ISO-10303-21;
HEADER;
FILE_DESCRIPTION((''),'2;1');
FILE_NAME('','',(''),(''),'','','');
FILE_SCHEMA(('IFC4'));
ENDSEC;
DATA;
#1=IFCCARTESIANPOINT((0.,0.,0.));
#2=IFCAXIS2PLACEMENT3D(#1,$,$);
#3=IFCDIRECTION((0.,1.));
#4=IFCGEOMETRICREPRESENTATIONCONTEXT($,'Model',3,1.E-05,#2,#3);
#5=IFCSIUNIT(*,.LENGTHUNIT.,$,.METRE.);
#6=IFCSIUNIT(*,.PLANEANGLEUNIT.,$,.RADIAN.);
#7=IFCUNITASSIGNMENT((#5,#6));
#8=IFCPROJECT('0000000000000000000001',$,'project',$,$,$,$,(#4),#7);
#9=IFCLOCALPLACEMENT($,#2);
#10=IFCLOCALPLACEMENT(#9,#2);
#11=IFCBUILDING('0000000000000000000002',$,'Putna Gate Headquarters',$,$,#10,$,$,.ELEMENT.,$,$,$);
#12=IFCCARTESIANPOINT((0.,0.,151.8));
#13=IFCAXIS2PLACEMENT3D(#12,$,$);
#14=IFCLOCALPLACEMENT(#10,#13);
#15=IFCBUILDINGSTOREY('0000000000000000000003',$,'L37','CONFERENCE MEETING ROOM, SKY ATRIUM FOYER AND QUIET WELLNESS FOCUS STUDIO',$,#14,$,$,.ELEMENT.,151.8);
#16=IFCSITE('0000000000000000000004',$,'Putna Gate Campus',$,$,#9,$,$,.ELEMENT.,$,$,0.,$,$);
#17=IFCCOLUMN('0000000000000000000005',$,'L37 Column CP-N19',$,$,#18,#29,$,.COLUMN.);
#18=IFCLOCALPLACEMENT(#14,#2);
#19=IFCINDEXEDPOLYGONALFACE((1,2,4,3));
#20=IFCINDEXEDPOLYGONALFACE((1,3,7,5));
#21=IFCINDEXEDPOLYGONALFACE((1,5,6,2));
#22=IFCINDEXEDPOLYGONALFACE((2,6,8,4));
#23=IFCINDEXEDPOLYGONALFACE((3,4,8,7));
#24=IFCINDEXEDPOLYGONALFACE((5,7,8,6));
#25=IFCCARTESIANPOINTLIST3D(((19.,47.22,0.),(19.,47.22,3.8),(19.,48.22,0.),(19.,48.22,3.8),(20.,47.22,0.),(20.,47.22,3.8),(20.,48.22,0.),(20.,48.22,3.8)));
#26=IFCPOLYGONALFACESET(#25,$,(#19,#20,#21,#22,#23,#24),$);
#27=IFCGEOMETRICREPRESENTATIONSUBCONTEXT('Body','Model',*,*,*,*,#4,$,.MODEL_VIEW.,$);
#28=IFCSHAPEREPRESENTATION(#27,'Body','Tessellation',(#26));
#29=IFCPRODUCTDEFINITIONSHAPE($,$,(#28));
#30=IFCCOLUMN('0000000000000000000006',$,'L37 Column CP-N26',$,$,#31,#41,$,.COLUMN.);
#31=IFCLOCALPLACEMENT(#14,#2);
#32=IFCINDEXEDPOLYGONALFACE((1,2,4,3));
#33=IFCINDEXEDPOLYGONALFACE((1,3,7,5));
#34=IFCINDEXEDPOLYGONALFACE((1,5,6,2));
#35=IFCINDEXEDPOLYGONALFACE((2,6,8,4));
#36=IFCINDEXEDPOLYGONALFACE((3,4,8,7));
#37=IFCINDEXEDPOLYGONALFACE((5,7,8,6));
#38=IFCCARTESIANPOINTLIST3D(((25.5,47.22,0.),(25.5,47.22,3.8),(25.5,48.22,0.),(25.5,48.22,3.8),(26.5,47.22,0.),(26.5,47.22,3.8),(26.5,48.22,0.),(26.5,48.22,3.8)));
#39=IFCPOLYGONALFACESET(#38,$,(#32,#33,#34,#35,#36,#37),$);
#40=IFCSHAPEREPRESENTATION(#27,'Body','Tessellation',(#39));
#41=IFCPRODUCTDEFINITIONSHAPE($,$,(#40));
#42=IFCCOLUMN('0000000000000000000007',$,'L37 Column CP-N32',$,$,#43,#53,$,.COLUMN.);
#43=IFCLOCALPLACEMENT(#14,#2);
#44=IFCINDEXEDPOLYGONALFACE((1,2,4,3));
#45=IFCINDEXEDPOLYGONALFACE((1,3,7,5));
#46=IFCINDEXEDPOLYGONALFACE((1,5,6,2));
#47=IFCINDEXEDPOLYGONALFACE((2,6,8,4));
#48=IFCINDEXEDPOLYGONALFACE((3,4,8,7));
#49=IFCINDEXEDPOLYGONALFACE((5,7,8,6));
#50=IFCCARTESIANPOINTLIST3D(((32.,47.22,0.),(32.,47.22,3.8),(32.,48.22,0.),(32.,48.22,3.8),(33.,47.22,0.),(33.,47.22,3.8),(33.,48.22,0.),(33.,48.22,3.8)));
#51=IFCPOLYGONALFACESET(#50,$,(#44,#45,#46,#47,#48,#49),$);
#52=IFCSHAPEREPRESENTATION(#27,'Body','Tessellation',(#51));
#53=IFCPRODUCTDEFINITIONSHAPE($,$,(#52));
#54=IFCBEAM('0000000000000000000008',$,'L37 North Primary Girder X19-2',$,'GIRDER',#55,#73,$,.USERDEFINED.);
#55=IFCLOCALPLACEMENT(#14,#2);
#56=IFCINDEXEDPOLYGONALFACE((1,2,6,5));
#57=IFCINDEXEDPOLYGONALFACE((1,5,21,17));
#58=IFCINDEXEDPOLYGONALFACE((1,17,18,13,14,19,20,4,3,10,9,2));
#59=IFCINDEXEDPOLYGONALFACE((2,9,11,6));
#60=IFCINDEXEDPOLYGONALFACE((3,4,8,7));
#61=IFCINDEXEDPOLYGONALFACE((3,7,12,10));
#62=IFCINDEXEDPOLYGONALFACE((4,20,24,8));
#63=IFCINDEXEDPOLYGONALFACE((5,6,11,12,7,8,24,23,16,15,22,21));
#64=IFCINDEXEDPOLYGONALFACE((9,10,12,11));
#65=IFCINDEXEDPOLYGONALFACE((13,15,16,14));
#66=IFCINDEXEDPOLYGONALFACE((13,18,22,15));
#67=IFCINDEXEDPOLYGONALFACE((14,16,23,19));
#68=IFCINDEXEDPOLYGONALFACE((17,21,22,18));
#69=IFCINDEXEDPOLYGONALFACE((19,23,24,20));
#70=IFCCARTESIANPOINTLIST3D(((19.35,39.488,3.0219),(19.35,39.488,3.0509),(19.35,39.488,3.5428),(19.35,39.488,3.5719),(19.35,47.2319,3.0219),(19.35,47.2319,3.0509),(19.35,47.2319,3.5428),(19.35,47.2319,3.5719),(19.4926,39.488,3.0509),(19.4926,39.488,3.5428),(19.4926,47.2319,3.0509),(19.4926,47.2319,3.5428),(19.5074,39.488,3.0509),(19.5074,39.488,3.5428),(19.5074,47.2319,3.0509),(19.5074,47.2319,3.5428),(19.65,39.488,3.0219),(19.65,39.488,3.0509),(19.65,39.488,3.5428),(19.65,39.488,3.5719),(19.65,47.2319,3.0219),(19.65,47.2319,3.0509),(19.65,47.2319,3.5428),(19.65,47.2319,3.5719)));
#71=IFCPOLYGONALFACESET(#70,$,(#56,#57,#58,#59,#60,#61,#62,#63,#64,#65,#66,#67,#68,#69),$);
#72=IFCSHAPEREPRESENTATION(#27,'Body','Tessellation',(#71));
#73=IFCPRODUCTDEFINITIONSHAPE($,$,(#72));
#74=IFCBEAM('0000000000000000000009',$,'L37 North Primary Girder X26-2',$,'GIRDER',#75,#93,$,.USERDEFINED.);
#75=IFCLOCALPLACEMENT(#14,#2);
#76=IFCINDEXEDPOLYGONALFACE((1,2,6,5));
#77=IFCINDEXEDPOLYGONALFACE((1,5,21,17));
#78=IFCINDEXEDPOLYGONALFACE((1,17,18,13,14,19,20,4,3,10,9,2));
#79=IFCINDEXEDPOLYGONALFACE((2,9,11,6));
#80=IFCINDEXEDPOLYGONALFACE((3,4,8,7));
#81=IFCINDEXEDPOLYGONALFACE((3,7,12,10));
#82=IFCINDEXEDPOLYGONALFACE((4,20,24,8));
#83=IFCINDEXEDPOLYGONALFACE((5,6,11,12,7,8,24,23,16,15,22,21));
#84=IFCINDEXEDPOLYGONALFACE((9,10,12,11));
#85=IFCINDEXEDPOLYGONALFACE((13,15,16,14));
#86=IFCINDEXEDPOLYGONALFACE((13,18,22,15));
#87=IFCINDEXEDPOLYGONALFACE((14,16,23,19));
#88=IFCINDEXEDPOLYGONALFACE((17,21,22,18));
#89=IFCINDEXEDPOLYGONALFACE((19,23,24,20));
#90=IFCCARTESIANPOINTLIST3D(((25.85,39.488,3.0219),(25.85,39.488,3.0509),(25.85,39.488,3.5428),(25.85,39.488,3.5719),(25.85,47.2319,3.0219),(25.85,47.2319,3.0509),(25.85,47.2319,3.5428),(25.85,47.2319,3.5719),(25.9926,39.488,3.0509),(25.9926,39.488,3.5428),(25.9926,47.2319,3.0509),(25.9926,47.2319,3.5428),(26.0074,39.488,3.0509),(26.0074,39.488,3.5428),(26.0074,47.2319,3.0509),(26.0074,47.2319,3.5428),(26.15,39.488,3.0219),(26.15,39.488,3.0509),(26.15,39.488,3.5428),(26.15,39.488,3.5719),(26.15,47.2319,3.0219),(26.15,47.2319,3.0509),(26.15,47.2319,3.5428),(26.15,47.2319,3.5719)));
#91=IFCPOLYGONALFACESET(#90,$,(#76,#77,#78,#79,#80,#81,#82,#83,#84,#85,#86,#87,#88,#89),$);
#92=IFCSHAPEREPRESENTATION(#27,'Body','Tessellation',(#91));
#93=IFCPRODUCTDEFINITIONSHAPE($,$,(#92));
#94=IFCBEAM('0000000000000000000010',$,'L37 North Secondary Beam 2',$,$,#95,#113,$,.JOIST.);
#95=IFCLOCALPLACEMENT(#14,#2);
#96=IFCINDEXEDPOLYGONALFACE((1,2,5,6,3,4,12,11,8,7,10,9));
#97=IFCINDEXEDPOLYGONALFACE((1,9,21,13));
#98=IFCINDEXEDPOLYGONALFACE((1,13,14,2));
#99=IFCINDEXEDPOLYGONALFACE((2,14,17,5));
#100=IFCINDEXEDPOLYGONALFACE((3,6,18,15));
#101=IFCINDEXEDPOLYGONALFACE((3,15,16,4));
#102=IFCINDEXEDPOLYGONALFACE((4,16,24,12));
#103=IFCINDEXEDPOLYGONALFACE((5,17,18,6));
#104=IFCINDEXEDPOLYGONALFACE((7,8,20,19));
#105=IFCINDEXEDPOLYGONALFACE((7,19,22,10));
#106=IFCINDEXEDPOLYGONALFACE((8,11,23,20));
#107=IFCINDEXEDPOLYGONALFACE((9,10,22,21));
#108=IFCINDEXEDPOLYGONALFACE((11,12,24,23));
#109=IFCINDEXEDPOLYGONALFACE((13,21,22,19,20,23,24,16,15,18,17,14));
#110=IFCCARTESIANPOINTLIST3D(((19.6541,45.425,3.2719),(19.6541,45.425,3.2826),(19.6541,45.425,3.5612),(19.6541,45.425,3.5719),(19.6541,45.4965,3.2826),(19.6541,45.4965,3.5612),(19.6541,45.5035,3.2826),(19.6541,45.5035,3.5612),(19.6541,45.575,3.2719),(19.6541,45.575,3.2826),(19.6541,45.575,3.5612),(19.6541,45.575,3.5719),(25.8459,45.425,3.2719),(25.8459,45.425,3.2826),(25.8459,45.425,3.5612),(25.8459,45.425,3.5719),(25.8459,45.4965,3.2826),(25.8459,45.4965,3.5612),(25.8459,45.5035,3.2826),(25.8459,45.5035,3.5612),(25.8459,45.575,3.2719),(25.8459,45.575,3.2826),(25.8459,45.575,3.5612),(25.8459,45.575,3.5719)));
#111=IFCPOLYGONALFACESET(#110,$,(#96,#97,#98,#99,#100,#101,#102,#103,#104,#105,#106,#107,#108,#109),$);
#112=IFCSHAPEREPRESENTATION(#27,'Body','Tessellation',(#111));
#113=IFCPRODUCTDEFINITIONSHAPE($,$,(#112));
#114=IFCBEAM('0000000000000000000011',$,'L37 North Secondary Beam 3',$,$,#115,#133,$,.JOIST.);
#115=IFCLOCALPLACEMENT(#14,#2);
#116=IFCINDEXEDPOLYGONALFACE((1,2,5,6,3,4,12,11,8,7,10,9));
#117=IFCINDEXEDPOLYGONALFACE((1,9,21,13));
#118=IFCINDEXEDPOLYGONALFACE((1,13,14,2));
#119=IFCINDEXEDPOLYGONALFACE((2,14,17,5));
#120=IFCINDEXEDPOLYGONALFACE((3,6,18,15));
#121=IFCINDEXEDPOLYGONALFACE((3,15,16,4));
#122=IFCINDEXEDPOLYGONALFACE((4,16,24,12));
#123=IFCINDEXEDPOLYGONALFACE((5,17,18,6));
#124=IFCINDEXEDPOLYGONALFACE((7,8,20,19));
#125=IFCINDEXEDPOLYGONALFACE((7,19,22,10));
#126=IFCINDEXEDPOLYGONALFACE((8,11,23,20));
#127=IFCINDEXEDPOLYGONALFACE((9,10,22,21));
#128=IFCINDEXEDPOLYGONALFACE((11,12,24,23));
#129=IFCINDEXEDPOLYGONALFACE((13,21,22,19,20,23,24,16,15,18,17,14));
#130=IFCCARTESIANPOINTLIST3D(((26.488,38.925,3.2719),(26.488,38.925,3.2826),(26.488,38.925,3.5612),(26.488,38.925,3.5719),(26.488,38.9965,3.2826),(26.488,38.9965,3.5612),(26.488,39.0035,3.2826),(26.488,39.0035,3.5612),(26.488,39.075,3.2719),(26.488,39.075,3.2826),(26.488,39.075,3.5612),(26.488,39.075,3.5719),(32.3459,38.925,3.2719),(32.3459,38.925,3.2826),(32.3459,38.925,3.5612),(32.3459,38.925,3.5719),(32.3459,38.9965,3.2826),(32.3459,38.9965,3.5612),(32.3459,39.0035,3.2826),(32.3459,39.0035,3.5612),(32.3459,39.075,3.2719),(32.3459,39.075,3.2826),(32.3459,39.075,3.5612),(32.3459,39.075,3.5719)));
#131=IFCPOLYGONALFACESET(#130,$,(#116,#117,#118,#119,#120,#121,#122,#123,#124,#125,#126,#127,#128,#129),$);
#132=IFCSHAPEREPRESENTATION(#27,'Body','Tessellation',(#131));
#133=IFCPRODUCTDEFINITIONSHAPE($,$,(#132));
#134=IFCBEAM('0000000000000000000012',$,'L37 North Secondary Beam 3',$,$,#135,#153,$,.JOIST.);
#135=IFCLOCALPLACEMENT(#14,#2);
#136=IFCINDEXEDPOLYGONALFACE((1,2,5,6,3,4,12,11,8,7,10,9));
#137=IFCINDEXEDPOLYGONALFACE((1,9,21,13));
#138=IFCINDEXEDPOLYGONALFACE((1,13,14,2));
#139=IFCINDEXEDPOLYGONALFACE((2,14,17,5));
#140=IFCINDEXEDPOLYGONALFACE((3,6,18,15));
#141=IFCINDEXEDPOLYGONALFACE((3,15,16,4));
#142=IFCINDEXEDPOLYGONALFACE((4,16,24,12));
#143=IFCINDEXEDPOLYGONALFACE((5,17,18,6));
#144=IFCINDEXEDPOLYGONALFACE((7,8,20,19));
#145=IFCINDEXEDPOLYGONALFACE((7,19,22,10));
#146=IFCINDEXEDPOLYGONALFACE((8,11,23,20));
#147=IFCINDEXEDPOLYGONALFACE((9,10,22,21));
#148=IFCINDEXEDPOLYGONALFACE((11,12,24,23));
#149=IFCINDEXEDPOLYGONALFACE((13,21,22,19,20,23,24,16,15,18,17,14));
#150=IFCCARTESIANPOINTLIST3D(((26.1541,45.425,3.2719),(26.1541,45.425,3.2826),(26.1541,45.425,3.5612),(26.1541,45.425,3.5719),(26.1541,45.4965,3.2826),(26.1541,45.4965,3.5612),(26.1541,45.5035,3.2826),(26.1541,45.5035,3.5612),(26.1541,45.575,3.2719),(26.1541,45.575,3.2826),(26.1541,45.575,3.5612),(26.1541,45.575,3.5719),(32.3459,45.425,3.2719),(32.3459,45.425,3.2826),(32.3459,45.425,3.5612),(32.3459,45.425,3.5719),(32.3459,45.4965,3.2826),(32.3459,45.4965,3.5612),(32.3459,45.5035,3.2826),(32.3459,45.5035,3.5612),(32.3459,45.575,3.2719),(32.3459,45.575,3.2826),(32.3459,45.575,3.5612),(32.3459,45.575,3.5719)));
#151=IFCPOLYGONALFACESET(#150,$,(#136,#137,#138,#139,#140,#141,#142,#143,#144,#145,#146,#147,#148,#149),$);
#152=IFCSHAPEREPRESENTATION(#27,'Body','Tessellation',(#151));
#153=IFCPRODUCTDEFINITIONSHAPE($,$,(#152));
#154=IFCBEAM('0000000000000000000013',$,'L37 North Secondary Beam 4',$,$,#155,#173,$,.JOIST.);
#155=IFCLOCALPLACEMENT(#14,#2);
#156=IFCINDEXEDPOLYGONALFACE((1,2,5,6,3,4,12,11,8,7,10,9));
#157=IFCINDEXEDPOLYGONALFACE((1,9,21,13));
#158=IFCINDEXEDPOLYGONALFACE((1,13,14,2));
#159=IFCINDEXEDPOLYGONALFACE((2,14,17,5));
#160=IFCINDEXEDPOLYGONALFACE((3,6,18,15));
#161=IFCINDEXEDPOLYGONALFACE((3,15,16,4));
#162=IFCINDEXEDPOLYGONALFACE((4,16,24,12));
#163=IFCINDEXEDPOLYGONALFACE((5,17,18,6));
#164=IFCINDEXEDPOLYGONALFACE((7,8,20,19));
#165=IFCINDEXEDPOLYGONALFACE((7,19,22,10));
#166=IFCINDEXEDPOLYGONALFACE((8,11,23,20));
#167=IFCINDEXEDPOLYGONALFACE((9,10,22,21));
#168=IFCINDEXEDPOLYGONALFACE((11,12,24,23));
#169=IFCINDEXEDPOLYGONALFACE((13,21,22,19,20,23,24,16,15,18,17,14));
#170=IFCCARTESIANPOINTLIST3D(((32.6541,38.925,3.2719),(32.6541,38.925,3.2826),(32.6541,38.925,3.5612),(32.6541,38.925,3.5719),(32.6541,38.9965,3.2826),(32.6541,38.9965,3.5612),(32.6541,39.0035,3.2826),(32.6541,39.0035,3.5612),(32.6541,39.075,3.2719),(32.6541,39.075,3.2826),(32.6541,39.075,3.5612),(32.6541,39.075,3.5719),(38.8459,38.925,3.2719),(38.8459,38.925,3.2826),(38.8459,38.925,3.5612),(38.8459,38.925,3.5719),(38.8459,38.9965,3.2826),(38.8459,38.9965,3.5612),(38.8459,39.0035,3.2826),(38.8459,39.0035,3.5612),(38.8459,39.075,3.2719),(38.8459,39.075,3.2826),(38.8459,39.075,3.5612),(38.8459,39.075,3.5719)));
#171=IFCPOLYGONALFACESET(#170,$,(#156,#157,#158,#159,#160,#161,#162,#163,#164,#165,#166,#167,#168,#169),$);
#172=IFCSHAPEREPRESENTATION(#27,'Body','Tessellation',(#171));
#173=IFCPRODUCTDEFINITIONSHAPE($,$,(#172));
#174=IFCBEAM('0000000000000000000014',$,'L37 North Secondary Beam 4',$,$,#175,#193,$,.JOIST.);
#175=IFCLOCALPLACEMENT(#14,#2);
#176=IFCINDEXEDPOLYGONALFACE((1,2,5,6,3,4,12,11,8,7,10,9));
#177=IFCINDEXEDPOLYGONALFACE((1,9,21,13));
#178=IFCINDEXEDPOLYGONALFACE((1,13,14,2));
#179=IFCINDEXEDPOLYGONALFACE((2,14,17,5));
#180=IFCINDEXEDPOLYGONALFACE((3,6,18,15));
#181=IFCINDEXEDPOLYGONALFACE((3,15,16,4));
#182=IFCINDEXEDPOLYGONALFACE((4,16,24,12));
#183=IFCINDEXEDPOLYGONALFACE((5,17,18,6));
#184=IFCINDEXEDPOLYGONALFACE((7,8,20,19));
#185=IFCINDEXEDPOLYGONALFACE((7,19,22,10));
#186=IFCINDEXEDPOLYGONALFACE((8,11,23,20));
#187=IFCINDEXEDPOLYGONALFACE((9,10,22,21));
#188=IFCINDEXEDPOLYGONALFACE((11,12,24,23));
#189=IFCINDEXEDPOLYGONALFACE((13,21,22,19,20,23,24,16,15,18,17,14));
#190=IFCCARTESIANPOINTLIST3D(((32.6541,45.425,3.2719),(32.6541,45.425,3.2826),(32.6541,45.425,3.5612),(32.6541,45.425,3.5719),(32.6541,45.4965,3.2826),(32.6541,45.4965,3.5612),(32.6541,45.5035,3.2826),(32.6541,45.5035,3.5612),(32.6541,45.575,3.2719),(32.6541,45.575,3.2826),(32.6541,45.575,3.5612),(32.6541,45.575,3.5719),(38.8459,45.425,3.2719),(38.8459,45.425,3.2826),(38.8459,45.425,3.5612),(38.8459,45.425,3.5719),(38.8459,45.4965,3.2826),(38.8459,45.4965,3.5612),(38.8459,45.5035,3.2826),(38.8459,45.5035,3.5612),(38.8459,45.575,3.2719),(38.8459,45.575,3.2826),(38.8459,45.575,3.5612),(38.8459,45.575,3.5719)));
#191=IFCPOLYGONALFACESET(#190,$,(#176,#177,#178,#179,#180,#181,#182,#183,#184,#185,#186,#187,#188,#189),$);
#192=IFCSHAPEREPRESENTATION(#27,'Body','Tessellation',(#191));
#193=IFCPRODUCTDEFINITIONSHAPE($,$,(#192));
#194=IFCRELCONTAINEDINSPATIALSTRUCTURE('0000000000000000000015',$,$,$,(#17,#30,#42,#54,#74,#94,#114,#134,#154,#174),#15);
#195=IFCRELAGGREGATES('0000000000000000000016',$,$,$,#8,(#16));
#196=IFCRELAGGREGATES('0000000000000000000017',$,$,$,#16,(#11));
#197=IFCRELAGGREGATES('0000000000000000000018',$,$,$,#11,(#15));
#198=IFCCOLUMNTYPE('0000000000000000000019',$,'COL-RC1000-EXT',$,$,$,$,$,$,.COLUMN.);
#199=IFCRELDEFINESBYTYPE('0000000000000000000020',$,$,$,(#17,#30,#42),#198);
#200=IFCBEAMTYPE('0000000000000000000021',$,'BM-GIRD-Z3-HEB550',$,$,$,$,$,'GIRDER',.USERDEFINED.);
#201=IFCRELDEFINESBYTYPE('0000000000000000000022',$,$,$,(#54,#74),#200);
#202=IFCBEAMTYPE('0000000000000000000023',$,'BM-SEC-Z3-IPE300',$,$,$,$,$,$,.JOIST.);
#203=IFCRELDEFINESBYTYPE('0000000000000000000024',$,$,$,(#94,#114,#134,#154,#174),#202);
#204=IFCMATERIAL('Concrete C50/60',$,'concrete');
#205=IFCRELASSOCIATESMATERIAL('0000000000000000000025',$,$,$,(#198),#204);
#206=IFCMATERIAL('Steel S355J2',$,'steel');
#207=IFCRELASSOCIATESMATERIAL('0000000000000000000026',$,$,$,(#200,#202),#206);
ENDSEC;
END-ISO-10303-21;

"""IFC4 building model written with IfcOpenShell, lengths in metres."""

from ifc_helpers import new_model, si_unit, direction, frame, origin, origin_2d, place, context, subcontext, project, spatial, rectangle, i_section, extrude, material, material_profile, profile_set, type_object, element, save


model = new_model("IFC4")

# Units and contexts
model_context = context("Model", 3, precision=1e-05, world=origin(), true_north=direction((0.0, 1.0)))
body_context = subcontext(model_context, "Body", "Model", "MODEL_VIEW")
ifc_project = project(units=[si_unit("LENGTHUNIT", "METRE"), si_unit("PLANEANGLEUNIT", "RADIAN")], contexts=[model_context])

# Site, building, storey
site_placement = place(None, origin())
site = spatial("IfcSite", under=ifc_project, at=site_placement, Name="Putna Gate Campus", CompositionType="ELEMENT", RefElevation=0.0)
building_placement = place(site_placement, origin())
building = spatial("IfcBuilding", under=site, at=building_placement, Name="Putna Gate Headquarters", CompositionType="ELEMENT")
storey_placement = place(building_placement, frame((0.0, 0.0, 151.8)))
storey = spatial("IfcBuildingStorey", under=building, at=storey_placement, Name="L37", Description="CONFERENCE MEETING ROOM, SKY ATRIUM FOYER AND QUIET WELLNESS FOCUS STUDIO", CompositionType="ELEMENT", Elevation=151.8)

# Columns
ifc_material_1 = material(Name="Concrete C50/60", Category="concrete")
ifc_material_profile_1 = material_profile(ifc_material_1, rectangle(XDim=1.0, YDim=1.0, at=origin_2d()), Name="Concrete C50/60")
ifc_profile_set_1 = profile_set([ifc_material_profile_1], Name="Concrete C50/60")
column_type = type_object("IfcColumnType", Name="COL-RC1000-EXT", PredefinedType="COLUMN", material=ifc_profile_set_1)
for number, where, z_axis, x_axis, name in (
    (1, (19.5, 47.72, 0.0), (0.0, 0.0, 1.0), (1.0, 0.0, 0.0), "L37 Column CP-N19"),
    (2, (26.0, 47.72, 0.0), (0.0, 0.0, 1.0), (1.0, 0.0, 0.0), "L37 Column CP-N26"),
    (3, (32.5, 47.72, 0.0), (0.0, 0.0, 1.0), (1.0, 0.0, 0.0), "L37 Column CP-N32"),
):
    element("IfcColumn", number, at=place(storey_placement, frame(where, z_axis=z_axis, x_axis=x_axis)), inside=storey, type_object=column_type, Name=name, PredefinedType="COLUMN", context=body_context, shape_type="SweptSolid", body=[
        extrude(rectangle(XDim=1.0, YDim=1.0, at=origin_2d()), origin(), (0.0, 0.0, 1.0), 3.8),
    ])

# Beams
ifc_material_2 = material(Name="Steel S355J2", Category="steel")
ifc_material_profile_2 = material_profile(ifc_material_2, i_section(OverallWidth=0.3, OverallDepth=0.55, WebThickness=0.0149, FlangeThickness=0.0291, at=origin_2d()), Name="Steel S355J2")
ifc_profile_set_2 = profile_set([ifc_material_profile_2], Name="Steel S355J2")
beam_type_1 = type_object("IfcBeamType", Name="BM-GIRD-Z3-HEB550", ElementType="GIRDER", PredefinedType="USERDEFINED", material=ifc_profile_set_2)
for number, where, z_axis, x_axis, name in (
    (4, (19.5, 39.488, 3.2969), (0.0, 1.0, 0.0), (-1.0, 0.0, 0.0), "L37 North Primary Girder X19-2"),
    (5, (26.0, 39.488, 3.2969), (0.0, 1.0, 0.0), (-1.0, 0.0, 0.0), "L37 North Primary Girder X26-2"),
):
    element("IfcBeam", number, at=place(storey_placement, frame(where, z_axis=z_axis, x_axis=x_axis)), inside=storey, type_object=beam_type_1, Name=name, ObjectType="GIRDER", PredefinedType="USERDEFINED", context=body_context, shape_type="SweptSolid", body=[
        extrude(i_section(OverallWidth=0.3, OverallDepth=0.55, WebThickness=0.0149, FlangeThickness=0.0291, at=origin_2d()), origin(), (0.0, 0.0, 1.0), 7.7439),
    ])
ifc_material_profile_3 = material_profile(ifc_material_2, i_section(OverallWidth=0.1499, OverallDepth=0.3, WebThickness=0.0071, FlangeThickness=0.0107, at=origin_2d()), Name="Steel S355J2")
ifc_profile_set_3 = profile_set([ifc_material_profile_3], Name="Steel S355J2")
beam_type_2 = type_object("IfcBeamType", Name="BM-SEC-Z3-IPE300", PredefinedType="JOIST", material=ifc_profile_set_3)
beam_1_placement = place(storey_placement, frame((19.6541, 45.5, 3.4219), z_axis=(1.0, 0.0, 0.0), x_axis=(0.0, 1.0, 0.0)))
element("IfcBeam", 6, at=beam_1_placement, inside=storey, type_object=beam_type_2, Name="L37 North Secondary Beam 2", PredefinedType="JOIST", context=body_context, shape_type="SweptSolid", body=[
    extrude(i_section(OverallWidth=0.1499, OverallDepth=0.3, WebThickness=0.0071, FlangeThickness=0.0107, at=origin_2d()), origin(), (0.0, 0.0, 1.0), 6.1919),
])
beam_2_placement = place(storey_placement, frame((26.488, 39.0, 3.4219), z_axis=(1.0, 0.0, 0.0), x_axis=(0.0, 1.0, 0.0)))
element("IfcBeam", 7, at=beam_2_placement, inside=storey, type_object=beam_type_2, Name="L37 North Secondary Beam 3", PredefinedType="JOIST", context=body_context, shape_type="SweptSolid", body=[
    extrude(i_section(OverallWidth=0.1499, OverallDepth=0.3, WebThickness=0.0071, FlangeThickness=0.0107, at=origin_2d()), origin(), (0.0, 0.0, 1.0), 5.8579),
])
for number, where, z_axis, x_axis, name in (
    (8, (26.1541, 45.5, 3.4219), (1.0, 0.0, 0.0), (0.0, 1.0, 0.0), "L37 North Secondary Beam 3"),
    (9, (32.6541, 39.0, 3.4219), (1.0, 0.0, 0.0), (0.0, 1.0, 0.0), "L37 North Secondary Beam 4"),
    (10, (32.6541, 45.5, 3.4219), (1.0, 0.0, 0.0), (0.0, 1.0, 0.0), "L37 North Secondary Beam 4"),
):
    element("IfcBeam", number, at=place(storey_placement, frame(where, z_axis=z_axis, x_axis=x_axis)), inside=storey, type_object=beam_type_2, Name=name, PredefinedType="JOIST", context=body_context, shape_type="SweptSolid", body=[
        extrude(i_section(OverallWidth=0.1499, OverallDepth=0.3, WebThickness=0.0071, FlangeThickness=0.0107, at=origin_2d()), origin(), (0.0, 0.0, 1.0), 6.1919),
    ])

save(model, "model.ifc")
